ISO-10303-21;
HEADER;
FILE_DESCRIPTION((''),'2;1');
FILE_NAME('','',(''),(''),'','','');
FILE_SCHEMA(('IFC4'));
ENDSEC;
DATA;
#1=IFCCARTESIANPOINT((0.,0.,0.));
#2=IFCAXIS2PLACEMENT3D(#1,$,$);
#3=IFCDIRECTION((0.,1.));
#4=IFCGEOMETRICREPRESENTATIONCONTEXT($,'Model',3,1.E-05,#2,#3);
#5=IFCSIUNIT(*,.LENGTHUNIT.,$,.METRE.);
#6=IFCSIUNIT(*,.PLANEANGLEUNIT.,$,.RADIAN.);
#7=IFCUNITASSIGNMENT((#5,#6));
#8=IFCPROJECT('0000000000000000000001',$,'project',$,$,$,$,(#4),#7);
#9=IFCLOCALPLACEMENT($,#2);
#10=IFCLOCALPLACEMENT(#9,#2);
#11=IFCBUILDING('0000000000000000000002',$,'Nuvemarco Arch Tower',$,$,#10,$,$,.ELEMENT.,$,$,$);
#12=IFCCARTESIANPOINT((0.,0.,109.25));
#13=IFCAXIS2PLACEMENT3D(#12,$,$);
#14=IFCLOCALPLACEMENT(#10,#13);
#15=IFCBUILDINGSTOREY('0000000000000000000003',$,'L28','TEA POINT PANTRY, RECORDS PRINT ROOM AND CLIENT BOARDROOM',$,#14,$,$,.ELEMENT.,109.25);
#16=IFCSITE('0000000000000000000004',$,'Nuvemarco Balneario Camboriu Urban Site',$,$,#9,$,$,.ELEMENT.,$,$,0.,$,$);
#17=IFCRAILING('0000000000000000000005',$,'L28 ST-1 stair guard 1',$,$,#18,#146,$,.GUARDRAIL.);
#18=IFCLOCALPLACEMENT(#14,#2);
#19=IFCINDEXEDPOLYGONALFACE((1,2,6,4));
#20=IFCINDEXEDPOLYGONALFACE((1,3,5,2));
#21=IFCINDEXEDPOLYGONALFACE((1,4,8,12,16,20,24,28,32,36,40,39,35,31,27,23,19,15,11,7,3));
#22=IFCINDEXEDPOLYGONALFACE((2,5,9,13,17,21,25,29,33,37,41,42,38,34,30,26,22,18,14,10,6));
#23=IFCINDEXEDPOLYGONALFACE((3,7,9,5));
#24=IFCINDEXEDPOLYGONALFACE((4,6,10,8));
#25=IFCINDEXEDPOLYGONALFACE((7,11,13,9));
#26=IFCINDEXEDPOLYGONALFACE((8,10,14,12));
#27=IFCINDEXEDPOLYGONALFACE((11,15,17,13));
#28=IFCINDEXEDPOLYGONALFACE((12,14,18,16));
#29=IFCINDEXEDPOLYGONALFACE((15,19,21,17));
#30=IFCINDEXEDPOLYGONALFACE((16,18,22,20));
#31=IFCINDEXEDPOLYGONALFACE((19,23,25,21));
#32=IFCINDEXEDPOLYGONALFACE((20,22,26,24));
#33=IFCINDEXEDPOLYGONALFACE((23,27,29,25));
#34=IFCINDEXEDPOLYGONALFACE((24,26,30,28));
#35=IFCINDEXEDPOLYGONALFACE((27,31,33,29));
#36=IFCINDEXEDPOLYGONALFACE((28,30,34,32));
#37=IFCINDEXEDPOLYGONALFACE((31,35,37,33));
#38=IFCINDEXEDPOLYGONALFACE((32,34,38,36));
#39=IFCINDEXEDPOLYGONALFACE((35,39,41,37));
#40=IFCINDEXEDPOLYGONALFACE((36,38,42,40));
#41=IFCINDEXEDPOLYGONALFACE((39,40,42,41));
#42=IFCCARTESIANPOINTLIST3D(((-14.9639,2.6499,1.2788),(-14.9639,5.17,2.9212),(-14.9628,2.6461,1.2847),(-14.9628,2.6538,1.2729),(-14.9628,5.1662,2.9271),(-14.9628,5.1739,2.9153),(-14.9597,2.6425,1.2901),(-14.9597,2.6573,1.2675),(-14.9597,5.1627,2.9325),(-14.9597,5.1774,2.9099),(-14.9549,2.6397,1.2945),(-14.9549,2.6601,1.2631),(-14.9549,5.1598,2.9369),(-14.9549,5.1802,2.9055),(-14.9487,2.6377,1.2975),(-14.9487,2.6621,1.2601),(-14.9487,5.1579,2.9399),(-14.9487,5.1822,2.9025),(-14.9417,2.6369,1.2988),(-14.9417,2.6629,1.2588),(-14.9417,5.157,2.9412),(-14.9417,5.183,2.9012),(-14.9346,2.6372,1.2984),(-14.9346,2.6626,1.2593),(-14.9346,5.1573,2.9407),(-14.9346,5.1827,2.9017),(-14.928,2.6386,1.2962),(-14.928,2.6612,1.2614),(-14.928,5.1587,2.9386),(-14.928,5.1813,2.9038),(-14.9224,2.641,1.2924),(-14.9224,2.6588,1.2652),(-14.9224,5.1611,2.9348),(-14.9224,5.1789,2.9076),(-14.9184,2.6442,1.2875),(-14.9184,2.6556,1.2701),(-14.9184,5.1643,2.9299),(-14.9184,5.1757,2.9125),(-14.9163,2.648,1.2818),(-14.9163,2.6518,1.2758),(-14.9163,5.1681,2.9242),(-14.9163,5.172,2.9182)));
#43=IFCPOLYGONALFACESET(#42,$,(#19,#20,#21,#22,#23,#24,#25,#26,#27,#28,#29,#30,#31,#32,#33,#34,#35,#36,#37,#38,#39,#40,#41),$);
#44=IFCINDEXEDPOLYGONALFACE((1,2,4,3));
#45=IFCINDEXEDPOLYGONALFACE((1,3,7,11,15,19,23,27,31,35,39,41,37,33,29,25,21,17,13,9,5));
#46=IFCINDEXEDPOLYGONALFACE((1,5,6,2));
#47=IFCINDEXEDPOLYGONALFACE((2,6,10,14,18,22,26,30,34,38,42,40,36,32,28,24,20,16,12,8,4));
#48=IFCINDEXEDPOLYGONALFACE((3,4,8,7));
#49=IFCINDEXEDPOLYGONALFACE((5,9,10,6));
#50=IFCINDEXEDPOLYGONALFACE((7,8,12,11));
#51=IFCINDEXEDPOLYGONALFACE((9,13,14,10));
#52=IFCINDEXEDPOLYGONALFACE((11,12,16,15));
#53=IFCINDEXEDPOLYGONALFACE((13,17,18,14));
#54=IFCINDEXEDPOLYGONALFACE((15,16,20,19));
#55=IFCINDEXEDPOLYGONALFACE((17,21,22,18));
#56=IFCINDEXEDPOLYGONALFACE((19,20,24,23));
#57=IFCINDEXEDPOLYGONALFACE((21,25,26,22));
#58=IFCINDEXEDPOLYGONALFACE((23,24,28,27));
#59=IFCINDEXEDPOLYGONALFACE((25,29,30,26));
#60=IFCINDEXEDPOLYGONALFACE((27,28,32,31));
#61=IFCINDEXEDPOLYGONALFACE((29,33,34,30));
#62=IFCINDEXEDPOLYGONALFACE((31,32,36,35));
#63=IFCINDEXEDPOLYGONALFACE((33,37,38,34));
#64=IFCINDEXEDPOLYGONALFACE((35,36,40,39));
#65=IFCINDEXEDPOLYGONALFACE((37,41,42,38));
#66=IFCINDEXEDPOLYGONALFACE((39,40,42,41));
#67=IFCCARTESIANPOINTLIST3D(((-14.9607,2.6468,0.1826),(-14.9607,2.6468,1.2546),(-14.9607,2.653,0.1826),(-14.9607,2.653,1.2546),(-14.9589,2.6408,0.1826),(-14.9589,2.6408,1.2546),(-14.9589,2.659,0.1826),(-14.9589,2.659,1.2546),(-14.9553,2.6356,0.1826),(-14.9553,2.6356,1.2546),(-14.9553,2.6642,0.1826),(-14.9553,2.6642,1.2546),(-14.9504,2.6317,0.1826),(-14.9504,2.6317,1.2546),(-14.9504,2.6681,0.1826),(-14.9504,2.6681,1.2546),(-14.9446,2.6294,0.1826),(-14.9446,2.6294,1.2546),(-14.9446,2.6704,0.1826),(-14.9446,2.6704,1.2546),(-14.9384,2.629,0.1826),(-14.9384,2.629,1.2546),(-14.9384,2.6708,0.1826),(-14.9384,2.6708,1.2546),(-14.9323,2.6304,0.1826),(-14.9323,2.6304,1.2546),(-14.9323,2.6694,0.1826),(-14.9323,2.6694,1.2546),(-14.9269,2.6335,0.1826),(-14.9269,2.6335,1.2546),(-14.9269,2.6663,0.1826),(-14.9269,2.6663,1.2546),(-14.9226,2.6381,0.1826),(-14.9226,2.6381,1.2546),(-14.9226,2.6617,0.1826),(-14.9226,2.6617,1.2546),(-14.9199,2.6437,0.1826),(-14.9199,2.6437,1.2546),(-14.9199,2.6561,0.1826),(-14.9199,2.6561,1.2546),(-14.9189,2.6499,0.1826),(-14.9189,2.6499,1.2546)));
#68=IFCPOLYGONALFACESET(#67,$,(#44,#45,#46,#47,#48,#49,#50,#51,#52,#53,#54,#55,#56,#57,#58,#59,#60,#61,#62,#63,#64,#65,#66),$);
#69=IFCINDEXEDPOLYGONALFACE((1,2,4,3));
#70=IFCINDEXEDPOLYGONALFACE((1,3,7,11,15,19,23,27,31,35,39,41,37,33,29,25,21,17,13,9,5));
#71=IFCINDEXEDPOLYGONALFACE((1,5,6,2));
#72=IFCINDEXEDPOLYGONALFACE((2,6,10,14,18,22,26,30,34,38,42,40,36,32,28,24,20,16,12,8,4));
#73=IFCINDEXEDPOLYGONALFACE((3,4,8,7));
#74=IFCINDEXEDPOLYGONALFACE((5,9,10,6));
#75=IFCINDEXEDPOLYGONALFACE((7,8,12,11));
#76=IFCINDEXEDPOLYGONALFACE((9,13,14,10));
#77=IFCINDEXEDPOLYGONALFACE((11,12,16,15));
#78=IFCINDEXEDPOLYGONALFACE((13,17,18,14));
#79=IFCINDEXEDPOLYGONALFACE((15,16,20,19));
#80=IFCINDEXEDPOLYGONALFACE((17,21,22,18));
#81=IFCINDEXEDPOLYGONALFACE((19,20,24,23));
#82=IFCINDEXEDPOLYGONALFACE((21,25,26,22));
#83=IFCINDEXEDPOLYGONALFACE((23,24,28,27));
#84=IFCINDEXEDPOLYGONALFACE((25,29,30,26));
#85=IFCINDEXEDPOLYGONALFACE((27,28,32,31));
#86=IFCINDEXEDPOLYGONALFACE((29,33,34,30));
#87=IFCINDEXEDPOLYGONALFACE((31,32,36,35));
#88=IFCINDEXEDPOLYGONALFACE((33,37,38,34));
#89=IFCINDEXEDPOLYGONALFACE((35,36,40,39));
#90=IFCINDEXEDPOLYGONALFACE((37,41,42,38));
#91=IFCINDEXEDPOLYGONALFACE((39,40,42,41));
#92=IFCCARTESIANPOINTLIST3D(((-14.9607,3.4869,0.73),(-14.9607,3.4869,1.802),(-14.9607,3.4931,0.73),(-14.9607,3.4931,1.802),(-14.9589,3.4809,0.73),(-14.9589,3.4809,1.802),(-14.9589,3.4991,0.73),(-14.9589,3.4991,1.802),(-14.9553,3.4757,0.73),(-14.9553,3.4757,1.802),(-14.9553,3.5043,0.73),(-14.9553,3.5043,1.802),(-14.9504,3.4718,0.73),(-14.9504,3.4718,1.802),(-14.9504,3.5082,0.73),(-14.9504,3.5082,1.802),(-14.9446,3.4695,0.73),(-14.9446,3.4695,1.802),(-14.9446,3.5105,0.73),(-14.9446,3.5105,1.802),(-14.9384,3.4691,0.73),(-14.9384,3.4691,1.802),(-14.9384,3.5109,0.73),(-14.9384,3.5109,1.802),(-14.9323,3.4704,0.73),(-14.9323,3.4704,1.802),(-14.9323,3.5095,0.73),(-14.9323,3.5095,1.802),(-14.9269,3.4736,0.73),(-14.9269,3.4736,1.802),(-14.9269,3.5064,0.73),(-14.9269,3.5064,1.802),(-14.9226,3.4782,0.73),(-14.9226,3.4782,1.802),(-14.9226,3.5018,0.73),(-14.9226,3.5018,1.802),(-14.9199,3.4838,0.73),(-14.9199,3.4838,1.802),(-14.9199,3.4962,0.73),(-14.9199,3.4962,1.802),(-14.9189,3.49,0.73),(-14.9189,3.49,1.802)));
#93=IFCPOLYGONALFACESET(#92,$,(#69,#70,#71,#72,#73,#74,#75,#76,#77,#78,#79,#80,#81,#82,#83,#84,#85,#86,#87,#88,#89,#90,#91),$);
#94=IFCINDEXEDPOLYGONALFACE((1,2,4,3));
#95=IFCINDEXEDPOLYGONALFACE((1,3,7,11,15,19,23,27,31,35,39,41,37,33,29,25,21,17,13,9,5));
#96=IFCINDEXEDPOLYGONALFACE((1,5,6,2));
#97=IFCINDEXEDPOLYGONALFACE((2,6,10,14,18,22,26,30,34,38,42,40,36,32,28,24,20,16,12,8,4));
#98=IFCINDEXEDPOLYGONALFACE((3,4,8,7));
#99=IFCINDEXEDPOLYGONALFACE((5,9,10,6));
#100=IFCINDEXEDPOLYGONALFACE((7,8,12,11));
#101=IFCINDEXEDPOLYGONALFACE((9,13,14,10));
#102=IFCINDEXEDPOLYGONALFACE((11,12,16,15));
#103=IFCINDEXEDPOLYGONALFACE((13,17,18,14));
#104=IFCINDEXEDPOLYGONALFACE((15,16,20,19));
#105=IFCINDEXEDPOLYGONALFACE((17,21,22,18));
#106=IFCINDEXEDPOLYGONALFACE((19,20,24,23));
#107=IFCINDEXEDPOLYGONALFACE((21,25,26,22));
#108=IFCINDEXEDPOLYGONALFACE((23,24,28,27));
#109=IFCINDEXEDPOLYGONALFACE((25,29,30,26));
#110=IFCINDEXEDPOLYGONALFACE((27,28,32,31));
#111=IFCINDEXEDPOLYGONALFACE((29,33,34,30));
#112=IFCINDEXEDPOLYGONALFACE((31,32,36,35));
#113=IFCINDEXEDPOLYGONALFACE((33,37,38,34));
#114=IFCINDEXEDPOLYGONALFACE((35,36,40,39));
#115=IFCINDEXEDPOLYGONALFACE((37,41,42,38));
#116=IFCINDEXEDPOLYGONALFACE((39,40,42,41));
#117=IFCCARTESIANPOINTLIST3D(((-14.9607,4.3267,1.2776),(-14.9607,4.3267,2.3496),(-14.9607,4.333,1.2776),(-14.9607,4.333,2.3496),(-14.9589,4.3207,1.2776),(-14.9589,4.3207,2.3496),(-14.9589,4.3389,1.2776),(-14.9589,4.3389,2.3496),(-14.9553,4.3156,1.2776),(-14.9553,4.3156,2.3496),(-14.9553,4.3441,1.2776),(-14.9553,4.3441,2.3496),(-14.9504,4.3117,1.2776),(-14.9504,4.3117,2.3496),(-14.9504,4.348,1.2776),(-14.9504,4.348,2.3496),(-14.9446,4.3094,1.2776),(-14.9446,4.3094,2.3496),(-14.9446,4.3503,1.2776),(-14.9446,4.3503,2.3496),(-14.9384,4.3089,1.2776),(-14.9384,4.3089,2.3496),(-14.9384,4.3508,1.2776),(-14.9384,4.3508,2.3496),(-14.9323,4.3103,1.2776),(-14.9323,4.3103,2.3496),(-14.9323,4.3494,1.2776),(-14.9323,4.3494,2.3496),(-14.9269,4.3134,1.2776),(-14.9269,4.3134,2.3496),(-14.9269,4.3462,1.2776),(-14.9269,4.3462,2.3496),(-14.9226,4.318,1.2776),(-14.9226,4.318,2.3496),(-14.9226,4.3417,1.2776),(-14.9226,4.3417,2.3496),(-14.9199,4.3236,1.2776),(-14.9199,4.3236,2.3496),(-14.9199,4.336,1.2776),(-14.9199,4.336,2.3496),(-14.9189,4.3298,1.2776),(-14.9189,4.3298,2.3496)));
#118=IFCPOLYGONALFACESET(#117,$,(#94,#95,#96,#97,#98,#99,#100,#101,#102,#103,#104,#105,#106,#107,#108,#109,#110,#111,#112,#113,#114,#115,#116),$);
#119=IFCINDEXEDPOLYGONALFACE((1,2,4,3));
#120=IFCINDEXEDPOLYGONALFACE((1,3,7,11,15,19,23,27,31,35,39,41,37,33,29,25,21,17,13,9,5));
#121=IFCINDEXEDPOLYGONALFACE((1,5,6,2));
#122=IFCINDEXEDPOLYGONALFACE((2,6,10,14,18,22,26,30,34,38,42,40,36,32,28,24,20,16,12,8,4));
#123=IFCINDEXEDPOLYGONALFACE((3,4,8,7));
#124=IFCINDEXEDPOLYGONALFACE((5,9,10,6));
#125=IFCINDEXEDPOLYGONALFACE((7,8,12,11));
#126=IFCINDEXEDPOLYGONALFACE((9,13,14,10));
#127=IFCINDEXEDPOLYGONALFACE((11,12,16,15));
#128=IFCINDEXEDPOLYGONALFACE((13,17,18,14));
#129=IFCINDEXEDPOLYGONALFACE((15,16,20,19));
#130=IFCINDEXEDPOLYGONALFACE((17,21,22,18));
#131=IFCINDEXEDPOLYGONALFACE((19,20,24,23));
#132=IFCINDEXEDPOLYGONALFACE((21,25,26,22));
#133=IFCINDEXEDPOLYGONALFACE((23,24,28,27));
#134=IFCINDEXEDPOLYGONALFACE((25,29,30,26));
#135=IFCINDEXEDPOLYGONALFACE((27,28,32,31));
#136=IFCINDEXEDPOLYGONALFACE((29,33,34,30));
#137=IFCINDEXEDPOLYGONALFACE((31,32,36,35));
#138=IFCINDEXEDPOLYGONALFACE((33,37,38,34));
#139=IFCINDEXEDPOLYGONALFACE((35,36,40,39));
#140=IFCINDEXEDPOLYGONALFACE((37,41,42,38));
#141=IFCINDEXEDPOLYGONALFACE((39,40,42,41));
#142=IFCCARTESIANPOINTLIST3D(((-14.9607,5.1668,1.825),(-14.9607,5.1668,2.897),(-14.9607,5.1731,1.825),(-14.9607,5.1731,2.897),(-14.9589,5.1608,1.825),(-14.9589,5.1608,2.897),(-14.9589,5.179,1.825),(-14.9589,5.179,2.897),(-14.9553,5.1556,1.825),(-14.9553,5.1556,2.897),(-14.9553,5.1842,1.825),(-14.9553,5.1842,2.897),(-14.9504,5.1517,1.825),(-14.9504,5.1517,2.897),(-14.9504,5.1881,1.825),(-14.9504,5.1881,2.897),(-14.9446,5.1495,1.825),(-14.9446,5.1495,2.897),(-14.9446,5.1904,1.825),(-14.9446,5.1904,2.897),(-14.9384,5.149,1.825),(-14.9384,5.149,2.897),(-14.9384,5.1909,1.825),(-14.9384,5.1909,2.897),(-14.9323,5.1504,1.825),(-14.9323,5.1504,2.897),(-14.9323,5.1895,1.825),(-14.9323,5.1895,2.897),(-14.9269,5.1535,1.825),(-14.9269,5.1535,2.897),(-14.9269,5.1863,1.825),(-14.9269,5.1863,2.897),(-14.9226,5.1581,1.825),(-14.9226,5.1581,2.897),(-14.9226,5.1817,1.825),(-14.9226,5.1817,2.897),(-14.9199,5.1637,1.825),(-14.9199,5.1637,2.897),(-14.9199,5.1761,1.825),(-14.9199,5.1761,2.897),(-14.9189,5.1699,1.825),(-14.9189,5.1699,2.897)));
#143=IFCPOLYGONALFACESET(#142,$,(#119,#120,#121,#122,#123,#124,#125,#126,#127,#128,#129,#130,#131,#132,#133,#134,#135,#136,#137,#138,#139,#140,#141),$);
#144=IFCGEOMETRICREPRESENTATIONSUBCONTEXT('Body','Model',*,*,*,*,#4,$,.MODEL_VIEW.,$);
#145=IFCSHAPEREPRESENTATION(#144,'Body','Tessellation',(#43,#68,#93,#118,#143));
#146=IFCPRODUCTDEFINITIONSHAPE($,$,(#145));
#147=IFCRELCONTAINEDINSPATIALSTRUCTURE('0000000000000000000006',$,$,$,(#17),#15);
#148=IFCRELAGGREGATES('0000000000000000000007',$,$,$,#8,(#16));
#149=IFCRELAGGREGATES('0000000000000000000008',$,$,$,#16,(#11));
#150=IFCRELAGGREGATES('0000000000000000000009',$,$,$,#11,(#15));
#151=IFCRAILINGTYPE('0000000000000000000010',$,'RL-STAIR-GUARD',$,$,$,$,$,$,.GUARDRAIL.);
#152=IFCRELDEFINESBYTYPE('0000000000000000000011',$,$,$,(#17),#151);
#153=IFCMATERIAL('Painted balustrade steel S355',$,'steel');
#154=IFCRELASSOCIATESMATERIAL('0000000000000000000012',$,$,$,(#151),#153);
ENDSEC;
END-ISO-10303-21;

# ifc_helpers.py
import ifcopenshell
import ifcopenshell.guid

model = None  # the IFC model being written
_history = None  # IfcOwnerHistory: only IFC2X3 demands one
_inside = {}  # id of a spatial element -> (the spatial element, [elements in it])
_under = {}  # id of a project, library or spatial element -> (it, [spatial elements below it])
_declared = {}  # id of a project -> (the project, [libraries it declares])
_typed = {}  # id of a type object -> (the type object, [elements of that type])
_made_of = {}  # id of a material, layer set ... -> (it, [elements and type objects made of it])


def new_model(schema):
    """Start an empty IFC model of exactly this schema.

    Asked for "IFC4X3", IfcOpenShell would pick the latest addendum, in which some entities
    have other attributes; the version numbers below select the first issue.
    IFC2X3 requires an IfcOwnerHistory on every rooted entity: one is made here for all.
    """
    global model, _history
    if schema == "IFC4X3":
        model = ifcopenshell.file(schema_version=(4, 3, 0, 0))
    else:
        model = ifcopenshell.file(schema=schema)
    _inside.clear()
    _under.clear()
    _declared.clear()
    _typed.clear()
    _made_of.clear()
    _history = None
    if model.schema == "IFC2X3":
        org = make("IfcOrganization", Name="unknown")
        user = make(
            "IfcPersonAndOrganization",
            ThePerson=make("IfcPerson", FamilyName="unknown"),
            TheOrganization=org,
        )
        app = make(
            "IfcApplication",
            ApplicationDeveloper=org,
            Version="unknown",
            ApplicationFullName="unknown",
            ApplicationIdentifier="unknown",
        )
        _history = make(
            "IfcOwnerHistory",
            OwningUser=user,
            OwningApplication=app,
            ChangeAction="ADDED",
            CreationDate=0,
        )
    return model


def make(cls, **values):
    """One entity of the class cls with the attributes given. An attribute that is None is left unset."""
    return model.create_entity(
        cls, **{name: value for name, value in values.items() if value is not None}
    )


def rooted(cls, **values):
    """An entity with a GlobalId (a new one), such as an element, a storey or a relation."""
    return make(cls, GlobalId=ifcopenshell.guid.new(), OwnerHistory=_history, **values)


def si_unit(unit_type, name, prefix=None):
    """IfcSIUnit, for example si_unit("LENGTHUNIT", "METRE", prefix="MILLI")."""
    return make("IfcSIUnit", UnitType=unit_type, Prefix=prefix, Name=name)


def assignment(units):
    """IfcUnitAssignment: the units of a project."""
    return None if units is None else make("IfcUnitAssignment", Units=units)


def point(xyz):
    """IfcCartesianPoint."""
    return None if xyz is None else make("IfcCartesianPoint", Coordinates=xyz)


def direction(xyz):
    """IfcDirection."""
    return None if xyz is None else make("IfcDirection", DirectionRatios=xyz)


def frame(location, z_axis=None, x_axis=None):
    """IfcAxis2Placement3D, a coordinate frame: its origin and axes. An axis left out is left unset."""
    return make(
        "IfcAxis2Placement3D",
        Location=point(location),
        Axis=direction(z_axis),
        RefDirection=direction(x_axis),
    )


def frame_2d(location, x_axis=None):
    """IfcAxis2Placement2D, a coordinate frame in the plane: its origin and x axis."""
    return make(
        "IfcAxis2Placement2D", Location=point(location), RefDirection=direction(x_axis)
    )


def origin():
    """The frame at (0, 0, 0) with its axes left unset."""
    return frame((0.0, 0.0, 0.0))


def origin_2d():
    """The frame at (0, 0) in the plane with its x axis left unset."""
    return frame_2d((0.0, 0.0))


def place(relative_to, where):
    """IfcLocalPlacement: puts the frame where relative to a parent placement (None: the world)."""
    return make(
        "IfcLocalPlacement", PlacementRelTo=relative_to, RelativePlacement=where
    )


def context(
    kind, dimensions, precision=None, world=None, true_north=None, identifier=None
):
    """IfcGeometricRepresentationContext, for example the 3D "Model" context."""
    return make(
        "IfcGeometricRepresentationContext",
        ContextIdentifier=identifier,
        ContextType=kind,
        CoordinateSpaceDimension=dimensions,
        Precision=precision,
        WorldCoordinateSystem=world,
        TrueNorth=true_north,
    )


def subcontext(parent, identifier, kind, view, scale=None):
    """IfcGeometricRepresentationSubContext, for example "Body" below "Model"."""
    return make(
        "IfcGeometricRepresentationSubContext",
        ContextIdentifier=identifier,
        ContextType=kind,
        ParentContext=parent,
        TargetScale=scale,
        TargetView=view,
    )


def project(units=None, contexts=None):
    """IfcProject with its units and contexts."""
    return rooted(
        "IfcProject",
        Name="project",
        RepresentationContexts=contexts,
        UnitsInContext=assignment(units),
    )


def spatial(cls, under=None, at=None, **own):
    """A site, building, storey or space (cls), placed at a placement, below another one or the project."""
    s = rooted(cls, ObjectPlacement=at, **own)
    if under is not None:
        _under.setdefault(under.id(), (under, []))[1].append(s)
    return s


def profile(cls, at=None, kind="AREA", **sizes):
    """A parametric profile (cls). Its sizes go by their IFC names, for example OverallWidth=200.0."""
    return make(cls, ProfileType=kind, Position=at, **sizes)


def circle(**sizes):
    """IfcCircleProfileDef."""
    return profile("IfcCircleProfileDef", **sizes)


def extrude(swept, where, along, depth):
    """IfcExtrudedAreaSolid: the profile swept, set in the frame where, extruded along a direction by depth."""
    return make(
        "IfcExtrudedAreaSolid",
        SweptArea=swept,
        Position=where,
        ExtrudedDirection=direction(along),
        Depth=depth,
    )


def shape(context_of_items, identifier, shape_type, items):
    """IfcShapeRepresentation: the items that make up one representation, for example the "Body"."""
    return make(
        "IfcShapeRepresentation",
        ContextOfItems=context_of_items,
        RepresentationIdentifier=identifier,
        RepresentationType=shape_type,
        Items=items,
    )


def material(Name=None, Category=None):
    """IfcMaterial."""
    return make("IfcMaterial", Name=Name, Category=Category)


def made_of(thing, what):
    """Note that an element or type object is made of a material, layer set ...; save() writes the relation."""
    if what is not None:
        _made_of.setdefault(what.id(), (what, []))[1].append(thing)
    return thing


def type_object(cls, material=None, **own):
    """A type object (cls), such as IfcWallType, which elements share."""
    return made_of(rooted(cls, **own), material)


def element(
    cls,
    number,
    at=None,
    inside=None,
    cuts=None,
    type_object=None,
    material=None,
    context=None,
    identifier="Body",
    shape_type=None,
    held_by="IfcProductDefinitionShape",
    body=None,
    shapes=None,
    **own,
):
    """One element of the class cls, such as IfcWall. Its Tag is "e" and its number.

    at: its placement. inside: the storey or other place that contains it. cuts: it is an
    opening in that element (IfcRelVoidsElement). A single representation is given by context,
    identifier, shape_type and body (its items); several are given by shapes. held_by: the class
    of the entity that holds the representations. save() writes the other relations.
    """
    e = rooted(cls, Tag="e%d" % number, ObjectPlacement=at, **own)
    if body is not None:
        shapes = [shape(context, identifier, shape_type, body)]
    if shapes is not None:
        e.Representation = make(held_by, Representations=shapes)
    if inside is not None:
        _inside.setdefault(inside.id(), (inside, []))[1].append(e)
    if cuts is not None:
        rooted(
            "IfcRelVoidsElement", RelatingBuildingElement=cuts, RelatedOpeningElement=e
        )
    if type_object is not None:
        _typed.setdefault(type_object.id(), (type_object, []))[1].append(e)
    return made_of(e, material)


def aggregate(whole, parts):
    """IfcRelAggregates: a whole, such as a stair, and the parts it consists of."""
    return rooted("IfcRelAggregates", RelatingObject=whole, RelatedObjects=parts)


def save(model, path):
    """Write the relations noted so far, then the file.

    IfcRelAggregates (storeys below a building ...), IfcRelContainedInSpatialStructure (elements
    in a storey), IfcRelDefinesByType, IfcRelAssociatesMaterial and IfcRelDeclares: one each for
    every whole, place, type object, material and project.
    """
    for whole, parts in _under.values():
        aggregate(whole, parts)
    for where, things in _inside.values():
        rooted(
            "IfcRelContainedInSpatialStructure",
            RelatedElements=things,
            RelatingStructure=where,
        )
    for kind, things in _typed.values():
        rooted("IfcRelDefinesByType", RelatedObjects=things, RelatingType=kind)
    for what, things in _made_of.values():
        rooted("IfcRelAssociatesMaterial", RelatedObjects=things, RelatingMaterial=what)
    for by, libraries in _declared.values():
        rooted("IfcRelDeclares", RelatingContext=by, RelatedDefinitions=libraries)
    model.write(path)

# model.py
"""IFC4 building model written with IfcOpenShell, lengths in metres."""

from ifc_helpers import new_model, si_unit, direction, frame, origin, origin_2d, place, context, subcontext, project, spatial, circle, extrude, material, type_object, element, save


model = new_model("IFC4")

# Units and contexts
model_context = context("Model", 3, precision=1e-05, world=origin(), true_north=direction((0.0, 1.0)))
body_context = subcontext(model_context, "Body", "Model", "MODEL_VIEW")
ifc_project = project(units=[si_unit("LENGTHUNIT", "METRE"), si_unit("PLANEANGLEUNIT", "RADIAN")], contexts=[model_context])

# Site, building, storey
site_placement = place(None, origin())
site = spatial("IfcSite", under=ifc_project, at=site_placement, Name="Nuvemarco Balneario Camboriu Urban Site", CompositionType="ELEMENT", RefElevation=0.0)
building_placement = place(site_placement, origin())
building = spatial("IfcBuilding", under=site, at=building_placement, Name="Nuvemarco Arch Tower", CompositionType="ELEMENT")
storey_placement = place(building_placement, frame((0.0, 0.0, 109.25)))
storey = spatial("IfcBuildingStorey", under=building, at=storey_placement, Name="L28", Description="TEA POINT PANTRY, RECORDS PRINT ROOM AND CLIENT BOARDROOM", CompositionType="ELEMENT", Elevation=109.25)

# Railing
ifc_material_1 = material(Name="Painted balustrade steel S355", Category="steel")
railing_type_1 = type_object("IfcRailingType", Name="RL-STAIR-GUARD", PredefinedType="GUARDRAIL", material=ifc_material_1)
railing_1_placement = place(storey_placement, frame((-14.9399, 2.6499, 0.1826)))
element("IfcRailing", 1, at=railing_1_placement, inside=storey, type_object=railing_type_1, Name="L28 ST-1 stair guard 1", PredefinedType="GUARDRAIL", context=body_context, shape_type="SweptSolid", body=[
    extrude(circle(Radius=0.0239, at=origin_2d()), frame((0.0, 0.0, 1.0962), z_axis=(0.0, 0.837787, 0.545998), x_axis=(-1.0, 0.0, 0.0)), (0.0, 0.0, 1.0), 3.0081),
    extrude(circle(Radius=0.021, at=origin_2d()), origin(), (0.0, 0.0, 1.0), 1.072),
    extrude(circle(Radius=0.021, at=origin_2d()), frame((0.0, 0.8401, 0.5474)), (0.0, 0.0, 1.0), 1.072),
    extrude(circle(Radius=0.021, at=origin_2d()), frame((0.0, 1.6799, 1.095)), (0.0, 0.0, 1.0), 1.072),
    extrude(circle(Radius=0.021, at=origin_2d()), frame((0.0, 2.52, 1.6423)), (0.0, 0.0, 1.0), 1.072),
])

save(model, "model.ifc")
